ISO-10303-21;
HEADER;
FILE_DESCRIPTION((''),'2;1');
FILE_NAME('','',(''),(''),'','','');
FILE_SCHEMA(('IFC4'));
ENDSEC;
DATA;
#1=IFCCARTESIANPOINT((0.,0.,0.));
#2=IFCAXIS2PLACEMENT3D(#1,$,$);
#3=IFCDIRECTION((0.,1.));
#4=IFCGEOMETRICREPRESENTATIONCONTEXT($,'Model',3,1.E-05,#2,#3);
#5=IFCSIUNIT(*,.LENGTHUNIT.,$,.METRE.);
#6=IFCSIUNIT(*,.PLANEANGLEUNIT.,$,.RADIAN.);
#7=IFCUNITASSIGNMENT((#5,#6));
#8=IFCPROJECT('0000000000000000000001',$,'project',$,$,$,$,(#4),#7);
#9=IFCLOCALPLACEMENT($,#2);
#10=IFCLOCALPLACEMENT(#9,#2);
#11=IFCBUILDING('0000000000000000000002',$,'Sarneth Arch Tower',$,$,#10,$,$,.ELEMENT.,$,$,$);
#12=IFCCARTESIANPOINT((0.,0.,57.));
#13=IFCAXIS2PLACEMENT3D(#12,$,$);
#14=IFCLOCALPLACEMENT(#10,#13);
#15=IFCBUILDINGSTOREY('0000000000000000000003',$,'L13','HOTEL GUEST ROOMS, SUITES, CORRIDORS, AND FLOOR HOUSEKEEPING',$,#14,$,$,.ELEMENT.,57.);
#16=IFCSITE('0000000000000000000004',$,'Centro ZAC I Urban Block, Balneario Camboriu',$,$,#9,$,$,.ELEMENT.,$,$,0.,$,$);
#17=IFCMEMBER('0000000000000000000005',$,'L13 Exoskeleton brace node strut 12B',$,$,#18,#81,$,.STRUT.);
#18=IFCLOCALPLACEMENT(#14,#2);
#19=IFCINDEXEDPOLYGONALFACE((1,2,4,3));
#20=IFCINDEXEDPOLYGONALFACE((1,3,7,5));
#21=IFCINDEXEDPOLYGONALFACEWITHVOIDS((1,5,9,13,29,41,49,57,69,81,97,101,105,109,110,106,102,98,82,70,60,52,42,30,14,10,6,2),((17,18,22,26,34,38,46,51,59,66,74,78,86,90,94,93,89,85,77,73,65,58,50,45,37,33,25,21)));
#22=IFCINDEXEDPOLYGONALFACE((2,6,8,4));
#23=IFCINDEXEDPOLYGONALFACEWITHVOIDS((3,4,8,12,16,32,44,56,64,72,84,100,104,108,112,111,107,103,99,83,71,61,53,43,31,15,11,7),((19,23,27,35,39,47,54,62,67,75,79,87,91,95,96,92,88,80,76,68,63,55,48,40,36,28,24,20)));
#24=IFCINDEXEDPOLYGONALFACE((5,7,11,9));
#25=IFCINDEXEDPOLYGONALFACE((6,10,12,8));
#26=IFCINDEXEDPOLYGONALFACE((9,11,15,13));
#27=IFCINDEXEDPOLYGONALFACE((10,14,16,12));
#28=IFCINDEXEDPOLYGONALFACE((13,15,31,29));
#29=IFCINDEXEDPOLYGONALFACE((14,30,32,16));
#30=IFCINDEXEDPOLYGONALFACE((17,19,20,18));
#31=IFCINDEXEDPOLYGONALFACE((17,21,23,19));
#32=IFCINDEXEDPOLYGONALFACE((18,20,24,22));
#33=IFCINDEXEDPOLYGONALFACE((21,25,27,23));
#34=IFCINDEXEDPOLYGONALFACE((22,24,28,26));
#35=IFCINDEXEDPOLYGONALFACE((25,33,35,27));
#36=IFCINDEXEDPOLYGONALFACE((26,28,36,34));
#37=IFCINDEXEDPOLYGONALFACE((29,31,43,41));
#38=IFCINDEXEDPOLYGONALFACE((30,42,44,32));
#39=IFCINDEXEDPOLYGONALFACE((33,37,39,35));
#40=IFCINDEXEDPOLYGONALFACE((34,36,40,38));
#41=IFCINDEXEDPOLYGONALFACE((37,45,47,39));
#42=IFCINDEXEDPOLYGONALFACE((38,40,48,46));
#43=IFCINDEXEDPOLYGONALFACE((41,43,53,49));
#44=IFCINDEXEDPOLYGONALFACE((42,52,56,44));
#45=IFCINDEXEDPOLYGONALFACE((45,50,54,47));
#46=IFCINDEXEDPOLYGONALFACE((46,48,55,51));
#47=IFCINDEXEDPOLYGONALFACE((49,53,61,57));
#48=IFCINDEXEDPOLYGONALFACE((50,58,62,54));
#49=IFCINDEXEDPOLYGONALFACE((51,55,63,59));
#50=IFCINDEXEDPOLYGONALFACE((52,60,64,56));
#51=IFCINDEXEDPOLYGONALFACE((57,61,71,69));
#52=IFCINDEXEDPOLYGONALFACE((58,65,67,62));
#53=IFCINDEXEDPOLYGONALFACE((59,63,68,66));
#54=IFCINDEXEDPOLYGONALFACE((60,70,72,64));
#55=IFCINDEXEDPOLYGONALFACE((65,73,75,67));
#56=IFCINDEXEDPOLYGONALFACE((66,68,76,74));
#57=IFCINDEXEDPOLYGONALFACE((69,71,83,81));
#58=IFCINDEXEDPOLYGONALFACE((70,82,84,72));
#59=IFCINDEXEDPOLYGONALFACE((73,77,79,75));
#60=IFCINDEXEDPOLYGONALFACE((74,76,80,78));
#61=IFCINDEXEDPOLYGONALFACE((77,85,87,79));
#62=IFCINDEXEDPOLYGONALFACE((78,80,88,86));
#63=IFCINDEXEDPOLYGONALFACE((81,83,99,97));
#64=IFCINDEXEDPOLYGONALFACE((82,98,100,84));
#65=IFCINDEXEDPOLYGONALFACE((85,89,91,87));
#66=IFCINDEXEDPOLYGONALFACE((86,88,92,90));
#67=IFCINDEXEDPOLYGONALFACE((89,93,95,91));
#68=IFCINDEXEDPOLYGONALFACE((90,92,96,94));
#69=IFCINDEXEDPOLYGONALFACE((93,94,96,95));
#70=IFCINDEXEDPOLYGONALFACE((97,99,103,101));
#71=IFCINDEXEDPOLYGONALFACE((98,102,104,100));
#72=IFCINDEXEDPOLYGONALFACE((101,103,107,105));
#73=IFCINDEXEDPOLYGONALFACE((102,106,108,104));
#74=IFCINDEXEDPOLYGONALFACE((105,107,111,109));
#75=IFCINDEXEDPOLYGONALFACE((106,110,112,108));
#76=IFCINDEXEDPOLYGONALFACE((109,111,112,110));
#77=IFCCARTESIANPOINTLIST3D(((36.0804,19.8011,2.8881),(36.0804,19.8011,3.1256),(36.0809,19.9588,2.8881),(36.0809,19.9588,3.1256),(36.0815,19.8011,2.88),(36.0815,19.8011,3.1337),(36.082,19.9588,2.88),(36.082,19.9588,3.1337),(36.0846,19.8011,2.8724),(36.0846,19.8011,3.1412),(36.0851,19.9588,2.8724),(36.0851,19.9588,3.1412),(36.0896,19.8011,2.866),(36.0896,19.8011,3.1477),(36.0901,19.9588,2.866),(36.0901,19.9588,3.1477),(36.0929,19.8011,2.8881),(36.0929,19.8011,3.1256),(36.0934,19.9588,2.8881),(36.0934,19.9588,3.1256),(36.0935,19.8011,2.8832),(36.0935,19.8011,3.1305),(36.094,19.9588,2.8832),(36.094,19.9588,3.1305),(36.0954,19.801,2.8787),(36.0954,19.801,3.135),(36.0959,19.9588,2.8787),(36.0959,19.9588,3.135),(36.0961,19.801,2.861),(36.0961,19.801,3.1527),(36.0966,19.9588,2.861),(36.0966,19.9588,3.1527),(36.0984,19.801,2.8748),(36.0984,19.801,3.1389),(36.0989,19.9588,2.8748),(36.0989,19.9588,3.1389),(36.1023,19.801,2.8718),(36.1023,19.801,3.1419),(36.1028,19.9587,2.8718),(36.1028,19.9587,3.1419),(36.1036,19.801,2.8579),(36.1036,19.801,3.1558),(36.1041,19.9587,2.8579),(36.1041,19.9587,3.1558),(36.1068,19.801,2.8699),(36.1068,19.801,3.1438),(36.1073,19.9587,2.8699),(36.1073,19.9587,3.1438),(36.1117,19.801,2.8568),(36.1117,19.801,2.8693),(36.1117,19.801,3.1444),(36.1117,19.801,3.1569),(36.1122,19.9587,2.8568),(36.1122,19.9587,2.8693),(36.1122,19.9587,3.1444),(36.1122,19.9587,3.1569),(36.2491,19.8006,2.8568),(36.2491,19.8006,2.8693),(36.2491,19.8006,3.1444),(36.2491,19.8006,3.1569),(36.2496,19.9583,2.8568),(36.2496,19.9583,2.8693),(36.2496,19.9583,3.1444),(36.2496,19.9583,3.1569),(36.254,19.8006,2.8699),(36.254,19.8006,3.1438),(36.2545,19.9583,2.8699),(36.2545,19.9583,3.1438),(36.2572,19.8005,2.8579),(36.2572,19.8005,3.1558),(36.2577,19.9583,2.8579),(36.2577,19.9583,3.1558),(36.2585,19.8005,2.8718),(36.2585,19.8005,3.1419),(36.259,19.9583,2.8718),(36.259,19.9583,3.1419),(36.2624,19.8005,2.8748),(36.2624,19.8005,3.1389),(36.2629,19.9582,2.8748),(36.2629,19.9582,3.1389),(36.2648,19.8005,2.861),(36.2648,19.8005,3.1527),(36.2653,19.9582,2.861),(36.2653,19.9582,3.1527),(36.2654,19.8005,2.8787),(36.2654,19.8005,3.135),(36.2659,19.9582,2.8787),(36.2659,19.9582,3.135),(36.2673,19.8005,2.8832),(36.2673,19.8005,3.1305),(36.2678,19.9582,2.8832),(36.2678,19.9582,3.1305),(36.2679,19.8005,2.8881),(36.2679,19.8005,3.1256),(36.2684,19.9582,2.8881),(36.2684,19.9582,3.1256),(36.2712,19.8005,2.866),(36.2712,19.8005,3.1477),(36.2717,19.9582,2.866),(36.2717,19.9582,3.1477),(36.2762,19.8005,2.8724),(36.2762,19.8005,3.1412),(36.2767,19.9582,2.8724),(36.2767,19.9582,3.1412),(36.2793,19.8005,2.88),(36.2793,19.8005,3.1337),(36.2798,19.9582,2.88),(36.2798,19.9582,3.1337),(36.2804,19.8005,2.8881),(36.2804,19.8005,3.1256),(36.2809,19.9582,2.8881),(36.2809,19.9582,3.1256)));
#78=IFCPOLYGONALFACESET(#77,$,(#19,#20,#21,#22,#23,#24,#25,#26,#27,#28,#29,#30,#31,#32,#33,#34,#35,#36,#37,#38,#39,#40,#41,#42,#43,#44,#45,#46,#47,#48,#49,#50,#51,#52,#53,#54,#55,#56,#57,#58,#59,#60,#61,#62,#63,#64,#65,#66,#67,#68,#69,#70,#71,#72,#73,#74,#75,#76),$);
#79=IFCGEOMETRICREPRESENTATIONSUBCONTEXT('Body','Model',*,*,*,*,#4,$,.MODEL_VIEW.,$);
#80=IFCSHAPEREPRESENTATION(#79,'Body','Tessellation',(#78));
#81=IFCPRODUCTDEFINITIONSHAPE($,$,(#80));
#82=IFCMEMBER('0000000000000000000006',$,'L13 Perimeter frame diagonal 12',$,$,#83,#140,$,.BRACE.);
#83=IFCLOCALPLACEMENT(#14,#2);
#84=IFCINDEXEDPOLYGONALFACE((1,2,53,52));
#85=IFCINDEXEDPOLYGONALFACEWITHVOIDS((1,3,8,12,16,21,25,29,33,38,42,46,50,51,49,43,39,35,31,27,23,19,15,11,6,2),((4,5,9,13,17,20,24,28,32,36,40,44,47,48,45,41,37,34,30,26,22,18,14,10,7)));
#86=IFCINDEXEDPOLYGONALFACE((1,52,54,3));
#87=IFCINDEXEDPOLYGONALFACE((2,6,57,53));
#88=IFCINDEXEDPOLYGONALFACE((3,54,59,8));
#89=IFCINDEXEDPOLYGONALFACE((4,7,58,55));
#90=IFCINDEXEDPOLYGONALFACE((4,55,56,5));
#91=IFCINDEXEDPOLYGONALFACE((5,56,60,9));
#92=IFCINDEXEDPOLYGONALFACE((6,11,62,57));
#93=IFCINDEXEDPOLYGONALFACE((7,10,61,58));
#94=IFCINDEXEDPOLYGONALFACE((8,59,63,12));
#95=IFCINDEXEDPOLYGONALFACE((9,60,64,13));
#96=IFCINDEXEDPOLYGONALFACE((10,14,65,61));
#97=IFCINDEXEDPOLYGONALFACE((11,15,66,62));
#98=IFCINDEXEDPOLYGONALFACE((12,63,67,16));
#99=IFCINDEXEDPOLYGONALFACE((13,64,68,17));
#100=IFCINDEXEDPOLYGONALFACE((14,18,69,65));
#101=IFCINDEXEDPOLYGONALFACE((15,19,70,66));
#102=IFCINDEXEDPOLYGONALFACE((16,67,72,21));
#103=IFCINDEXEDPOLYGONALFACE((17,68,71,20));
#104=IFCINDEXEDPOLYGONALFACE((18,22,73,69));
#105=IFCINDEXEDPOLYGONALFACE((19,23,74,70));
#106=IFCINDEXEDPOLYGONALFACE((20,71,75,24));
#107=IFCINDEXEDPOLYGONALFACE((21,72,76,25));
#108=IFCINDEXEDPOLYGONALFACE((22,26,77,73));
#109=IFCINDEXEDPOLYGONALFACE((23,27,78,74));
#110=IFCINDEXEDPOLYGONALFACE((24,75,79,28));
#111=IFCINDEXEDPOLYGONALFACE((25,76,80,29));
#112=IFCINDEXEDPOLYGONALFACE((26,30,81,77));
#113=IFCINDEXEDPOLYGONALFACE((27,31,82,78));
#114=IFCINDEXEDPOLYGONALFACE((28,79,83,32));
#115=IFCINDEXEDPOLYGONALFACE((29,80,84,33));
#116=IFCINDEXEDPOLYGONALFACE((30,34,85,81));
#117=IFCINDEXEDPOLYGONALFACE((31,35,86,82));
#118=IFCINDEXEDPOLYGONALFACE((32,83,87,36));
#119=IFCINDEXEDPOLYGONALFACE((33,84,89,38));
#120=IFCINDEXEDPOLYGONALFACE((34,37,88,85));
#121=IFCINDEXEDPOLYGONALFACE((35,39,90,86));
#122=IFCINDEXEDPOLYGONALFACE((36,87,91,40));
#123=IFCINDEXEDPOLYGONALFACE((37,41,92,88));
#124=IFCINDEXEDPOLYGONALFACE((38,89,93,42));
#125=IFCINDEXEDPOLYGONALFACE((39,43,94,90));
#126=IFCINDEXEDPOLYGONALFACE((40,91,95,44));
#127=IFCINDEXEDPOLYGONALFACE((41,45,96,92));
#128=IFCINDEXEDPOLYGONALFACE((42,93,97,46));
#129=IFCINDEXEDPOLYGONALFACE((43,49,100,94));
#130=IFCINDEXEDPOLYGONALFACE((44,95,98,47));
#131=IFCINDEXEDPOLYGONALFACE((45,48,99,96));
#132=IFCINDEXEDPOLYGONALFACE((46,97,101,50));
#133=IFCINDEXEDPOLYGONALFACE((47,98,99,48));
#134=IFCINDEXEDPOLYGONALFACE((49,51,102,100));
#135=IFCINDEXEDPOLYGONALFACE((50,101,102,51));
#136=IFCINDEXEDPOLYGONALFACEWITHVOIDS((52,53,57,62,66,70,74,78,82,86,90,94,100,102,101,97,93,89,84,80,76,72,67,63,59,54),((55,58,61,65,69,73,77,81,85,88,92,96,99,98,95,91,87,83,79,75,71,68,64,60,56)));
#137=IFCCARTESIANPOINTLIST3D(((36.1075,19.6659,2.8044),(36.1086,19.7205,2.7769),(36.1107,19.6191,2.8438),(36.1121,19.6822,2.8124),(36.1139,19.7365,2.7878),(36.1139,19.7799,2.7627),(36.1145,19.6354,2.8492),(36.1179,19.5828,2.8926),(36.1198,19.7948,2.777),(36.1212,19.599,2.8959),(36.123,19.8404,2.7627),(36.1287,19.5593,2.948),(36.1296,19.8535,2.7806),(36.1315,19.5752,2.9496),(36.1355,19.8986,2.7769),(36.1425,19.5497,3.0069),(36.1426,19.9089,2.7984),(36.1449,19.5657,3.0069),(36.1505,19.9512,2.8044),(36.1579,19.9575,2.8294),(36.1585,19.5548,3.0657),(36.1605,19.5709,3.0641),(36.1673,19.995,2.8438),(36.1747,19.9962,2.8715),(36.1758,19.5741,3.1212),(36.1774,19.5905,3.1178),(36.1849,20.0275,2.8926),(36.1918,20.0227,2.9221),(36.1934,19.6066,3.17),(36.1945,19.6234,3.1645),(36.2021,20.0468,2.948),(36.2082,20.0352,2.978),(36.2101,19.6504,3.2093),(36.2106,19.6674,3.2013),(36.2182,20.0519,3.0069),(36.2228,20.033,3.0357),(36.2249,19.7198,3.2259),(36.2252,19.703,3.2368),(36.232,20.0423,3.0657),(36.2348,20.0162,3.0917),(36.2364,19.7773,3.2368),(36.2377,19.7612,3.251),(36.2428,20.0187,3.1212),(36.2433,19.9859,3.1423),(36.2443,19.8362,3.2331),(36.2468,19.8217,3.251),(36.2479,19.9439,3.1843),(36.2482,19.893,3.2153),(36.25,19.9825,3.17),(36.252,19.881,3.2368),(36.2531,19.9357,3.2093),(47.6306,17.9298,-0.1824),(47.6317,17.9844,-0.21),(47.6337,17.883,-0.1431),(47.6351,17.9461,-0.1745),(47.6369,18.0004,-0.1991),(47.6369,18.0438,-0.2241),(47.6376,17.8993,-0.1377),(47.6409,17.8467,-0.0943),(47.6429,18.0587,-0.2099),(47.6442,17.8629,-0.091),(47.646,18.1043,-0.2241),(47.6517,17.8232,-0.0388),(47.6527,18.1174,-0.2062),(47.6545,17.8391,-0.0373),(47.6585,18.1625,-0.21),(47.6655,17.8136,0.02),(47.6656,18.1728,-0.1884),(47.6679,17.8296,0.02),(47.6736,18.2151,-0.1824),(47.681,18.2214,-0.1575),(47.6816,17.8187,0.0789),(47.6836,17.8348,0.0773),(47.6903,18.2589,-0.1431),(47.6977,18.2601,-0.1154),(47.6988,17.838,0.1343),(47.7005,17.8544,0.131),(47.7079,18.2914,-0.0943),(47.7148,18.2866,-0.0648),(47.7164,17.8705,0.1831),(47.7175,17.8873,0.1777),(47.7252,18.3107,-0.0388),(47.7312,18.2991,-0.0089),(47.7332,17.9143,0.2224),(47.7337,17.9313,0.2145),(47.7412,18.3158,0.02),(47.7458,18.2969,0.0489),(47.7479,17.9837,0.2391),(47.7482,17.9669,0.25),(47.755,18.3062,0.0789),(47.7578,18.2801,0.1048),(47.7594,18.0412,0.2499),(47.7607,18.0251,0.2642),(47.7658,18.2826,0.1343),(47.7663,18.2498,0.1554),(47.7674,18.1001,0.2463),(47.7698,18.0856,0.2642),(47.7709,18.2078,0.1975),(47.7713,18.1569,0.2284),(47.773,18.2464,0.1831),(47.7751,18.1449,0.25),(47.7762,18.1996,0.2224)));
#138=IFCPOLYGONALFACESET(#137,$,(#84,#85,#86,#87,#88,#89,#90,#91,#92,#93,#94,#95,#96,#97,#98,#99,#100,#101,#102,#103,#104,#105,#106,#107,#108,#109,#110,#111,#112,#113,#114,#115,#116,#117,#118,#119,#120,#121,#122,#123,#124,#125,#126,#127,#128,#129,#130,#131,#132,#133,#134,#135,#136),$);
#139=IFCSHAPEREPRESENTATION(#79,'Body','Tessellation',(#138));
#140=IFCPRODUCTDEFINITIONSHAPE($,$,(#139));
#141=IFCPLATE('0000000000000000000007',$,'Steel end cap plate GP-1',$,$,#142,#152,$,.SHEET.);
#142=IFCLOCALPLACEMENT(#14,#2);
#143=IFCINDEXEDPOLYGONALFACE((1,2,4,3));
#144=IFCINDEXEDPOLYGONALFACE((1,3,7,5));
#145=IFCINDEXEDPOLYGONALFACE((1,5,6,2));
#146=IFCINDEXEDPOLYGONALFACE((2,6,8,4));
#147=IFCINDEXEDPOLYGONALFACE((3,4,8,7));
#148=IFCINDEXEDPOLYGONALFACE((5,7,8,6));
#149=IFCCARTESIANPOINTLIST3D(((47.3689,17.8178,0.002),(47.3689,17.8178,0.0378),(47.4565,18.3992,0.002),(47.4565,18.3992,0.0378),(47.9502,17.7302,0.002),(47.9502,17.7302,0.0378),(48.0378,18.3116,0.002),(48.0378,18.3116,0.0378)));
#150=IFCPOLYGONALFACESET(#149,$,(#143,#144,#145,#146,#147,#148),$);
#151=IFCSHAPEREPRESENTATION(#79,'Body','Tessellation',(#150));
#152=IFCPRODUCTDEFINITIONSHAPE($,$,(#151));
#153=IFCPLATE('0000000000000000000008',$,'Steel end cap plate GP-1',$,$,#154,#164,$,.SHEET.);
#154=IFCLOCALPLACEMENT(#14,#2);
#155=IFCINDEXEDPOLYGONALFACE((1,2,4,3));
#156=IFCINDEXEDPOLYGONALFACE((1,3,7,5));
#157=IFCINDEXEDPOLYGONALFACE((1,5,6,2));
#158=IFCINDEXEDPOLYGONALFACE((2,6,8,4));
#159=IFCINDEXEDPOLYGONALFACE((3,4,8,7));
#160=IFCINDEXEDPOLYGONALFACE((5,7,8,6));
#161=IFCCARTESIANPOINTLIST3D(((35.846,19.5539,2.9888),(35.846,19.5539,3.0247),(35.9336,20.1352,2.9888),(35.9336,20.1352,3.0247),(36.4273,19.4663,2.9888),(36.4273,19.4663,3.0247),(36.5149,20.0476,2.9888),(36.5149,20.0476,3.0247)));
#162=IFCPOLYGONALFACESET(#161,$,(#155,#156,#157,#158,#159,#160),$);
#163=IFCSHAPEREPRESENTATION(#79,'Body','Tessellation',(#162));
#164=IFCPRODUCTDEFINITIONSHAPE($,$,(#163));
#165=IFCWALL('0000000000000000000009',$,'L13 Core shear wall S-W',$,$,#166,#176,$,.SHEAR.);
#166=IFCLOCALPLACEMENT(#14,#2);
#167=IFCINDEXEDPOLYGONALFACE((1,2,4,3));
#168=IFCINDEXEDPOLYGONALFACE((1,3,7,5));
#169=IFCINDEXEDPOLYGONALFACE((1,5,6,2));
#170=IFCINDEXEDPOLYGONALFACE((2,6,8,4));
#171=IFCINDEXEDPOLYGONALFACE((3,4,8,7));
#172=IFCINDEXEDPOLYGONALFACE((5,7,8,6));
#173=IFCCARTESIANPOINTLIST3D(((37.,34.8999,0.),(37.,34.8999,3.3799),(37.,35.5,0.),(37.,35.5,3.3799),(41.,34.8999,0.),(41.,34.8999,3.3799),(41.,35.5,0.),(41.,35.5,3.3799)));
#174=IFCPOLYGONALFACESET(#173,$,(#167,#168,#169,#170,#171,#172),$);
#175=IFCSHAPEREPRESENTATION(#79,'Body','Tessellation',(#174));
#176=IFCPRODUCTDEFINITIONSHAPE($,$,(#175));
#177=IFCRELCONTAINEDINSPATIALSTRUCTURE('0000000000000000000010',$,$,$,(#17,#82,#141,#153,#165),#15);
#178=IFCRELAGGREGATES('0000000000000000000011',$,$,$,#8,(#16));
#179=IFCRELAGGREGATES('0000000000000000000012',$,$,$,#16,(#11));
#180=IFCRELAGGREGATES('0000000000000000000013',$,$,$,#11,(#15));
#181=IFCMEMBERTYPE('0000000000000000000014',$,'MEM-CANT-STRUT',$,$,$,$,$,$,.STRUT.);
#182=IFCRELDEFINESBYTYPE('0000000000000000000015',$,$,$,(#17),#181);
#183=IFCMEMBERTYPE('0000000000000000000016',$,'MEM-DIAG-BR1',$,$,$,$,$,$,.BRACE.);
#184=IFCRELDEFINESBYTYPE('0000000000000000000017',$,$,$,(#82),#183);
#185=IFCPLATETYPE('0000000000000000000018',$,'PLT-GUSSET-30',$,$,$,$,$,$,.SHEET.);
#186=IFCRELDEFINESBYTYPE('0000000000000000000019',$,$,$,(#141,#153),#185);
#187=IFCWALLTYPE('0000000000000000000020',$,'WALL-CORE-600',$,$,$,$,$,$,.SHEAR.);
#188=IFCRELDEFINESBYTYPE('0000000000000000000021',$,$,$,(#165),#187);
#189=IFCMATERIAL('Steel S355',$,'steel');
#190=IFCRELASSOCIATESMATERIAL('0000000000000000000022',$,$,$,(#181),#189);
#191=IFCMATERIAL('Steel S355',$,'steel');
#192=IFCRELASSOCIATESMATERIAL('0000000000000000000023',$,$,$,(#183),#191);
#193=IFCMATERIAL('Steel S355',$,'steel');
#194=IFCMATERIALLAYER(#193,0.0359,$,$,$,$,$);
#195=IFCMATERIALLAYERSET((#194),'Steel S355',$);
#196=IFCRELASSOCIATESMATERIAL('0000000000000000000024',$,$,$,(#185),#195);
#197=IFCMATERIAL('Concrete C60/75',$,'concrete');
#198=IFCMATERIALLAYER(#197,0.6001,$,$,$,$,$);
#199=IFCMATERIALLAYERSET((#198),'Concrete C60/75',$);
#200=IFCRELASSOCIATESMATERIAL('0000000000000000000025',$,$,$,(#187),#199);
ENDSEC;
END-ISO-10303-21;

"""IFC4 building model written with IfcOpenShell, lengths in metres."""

from ifc_helpers import new_model, si_unit, direction, frame, frame_2d, origin, origin_2d, place, context, subcontext, project, spatial, rectangle, hollow_rectangle, hollow_circle, extrude, material, layer, layer_set, material_profile, profile_set, type_object, element, save


model = new_model("IFC4")

# Units and contexts
model_context = context("Model", 3, precision=1e-05, world=origin(), true_north=direction((0.0, 1.0)))
body_context = subcontext(model_context, "Body", "Model", "MODEL_VIEW")
ifc_project = project(units=[si_unit("LENGTHUNIT", "METRE"), si_unit("PLANEANGLEUNIT", "RADIAN")], contexts=[model_context])

# Site, building, storey
site_placement = place(None, origin())
site = spatial("IfcSite", under=ifc_project, at=site_placement, Name="Centro ZAC I Urban Block, Balneario Camboriu", CompositionType="ELEMENT", RefElevation=0.0)
building_placement = place(site_placement, origin())
building = spatial("IfcBuilding", under=site, at=building_placement, Name="Sarneth Arch Tower", CompositionType="ELEMENT")
storey_placement = place(building_placement, frame((0.0, 0.0, 57.0)))
storey = spatial("IfcBuildingStorey", under=building, at=storey_placement, Name="L13", Description="HOTEL GUEST ROOMS, SUITES, CORRIDORS, AND FLOOR HOUSEKEEPING", CompositionType="ELEMENT", Elevation=57.0)

# Members
ifc_material_1 = material(Name="Steel S355", Category="steel")
ifc_material_profile_1 = material_profile(ifc_material_1, hollow_rectangle(XDim=0.2, YDim=0.3, WallThickness=0.0125, InnerFilletRadius=0.0188, OuterFilletRadius=0.0312, at=origin_2d()), Name="RHS300x200x12.5")
ifc_profile_set_1 = profile_set([ifc_material_profile_1], Name="Steel S355")
member_type_1 = type_object("IfcMemberType", Name="MEM-CANT-STRUT", PredefinedType="STRUT", material=ifc_profile_set_1)
member_1_placement = place(storey_placement, frame((36.1809, 19.9585, 3.0068), z_axis=(-0.003096, -0.999995, 0.0), x_axis=(0.999995, -0.003096, 0.0)))
element("IfcMember", 1, at=member_1_placement, inside=storey, type_object=member_type_1, Name="L13 Exoskeleton brace node strut 12B", PredefinedType="STRUT", context=body_context, shape_type="SweptSolid", body=[
    extrude(hollow_rectangle(XDim=0.2, YDim=0.3, WallThickness=0.0125, InnerFilletRadius=0.0188, OuterFilletRadius=0.0312, at=origin_2d()), origin(), (0.0, 0.0, 1.0), 0.1577),
])
ifc_material_2 = material(Name="Steel S355", Category="steel")
ifc_material_profile_2 = material_profile(ifc_material_2, hollow_circle(Radius=0.2539, WallThickness=0.0161, at=origin_2d()), Name="CHS508x16")
ifc_profile_set_2 = profile_set([ifc_material_profile_2], Name="Steel S355")
member_type_2 = type_object("IfcMemberType", Name="MEM-DIAG-BR1", PredefinedType="BRACE", material=ifc_profile_set_2)
member_2_placement = place(storey_placement, frame((47.7034, 18.0647, 0.02), z_axis=(-0.957876, 0.144317, 0.248287), x_axis=(-0.148982, -0.98884, 0.0)))
element("IfcMember", 2, at=member_2_placement, inside=storey, type_object=member_type_2, Name="L13 Perimeter frame diagonal 12", PredefinedType="BRACE", context=body_context, shape_type="SweptSolid", body=[
    extrude(hollow_circle(Radius=0.2539, WallThickness=0.0161, at=origin_2d()), origin(), (0.0, 0.0, 1.0), 12.0298),
])

# Plates
ifc_material_3 = material(Name="Steel S355", Category="steel")
ifc_layer_1 = layer(ifc_material_3, 0.0359)
ifc_layer_set_1 = layer_set([ifc_layer_1], Name="Steel S355")
plate_type = type_object("IfcPlateType", Name="PLT-GUSSET-30", PredefinedType="SHEET", material=ifc_layer_set_1)
for number, where, z_axis, x_axis, name in (
    (3, (47.7034, 18.0647, 0.002), (0.0, 0.0, 1.0), (0.988835, -0.149018, 0.0), "Steel end cap plate GP-1"),
    (4, (36.1804, 19.8008, 2.9888), (0.0, 0.0, 1.0), (0.988835, -0.149018, 0.0), "Steel end cap plate GP-1"),
):
    element("IfcPlate", number, at=place(storey_placement, frame(where, z_axis=z_axis, x_axis=x_axis)), inside=storey, type_object=plate_type, Name=name, PredefinedType="SHEET", context=body_context, shape_type="SweptSolid", body=[
        extrude(rectangle(XDim=0.5879, YDim=0.5879, at=origin_2d()), origin(), (0.0, 0.0, 1.0), 0.0359),
    ])

# Wall
ifc_material_4 = material(Name="Concrete C60/75", Category="concrete")
ifc_layer_2 = layer(ifc_material_4, 0.6001)
ifc_layer_set_2 = layer_set([ifc_layer_2], Name="Concrete C60/75")
wall_type_1 = type_object("IfcWallType", Name="WALL-CORE-600", PredefinedType="SHEAR", material=ifc_layer_set_2)
wall_1_placement = place(storey_placement, frame((37.0, 35.2, 0.0), z_axis=(0.0, 0.0, 1.0), x_axis=(1.0, 0.0, 0.0)))
element("IfcWall", 5, at=wall_1_placement, inside=storey, type_object=wall_type_1, Name="L13 Core shear wall S-W", PredefinedType="SHEAR", context=body_context, shape_type="SweptSolid", body=[
    extrude(rectangle(XDim=4.0, YDim=0.6001, at=frame_2d((2.0, 0.0))), origin(), (0.0, 0.0, 1.0), 3.3799),
])

save(model, "model.ifc")
